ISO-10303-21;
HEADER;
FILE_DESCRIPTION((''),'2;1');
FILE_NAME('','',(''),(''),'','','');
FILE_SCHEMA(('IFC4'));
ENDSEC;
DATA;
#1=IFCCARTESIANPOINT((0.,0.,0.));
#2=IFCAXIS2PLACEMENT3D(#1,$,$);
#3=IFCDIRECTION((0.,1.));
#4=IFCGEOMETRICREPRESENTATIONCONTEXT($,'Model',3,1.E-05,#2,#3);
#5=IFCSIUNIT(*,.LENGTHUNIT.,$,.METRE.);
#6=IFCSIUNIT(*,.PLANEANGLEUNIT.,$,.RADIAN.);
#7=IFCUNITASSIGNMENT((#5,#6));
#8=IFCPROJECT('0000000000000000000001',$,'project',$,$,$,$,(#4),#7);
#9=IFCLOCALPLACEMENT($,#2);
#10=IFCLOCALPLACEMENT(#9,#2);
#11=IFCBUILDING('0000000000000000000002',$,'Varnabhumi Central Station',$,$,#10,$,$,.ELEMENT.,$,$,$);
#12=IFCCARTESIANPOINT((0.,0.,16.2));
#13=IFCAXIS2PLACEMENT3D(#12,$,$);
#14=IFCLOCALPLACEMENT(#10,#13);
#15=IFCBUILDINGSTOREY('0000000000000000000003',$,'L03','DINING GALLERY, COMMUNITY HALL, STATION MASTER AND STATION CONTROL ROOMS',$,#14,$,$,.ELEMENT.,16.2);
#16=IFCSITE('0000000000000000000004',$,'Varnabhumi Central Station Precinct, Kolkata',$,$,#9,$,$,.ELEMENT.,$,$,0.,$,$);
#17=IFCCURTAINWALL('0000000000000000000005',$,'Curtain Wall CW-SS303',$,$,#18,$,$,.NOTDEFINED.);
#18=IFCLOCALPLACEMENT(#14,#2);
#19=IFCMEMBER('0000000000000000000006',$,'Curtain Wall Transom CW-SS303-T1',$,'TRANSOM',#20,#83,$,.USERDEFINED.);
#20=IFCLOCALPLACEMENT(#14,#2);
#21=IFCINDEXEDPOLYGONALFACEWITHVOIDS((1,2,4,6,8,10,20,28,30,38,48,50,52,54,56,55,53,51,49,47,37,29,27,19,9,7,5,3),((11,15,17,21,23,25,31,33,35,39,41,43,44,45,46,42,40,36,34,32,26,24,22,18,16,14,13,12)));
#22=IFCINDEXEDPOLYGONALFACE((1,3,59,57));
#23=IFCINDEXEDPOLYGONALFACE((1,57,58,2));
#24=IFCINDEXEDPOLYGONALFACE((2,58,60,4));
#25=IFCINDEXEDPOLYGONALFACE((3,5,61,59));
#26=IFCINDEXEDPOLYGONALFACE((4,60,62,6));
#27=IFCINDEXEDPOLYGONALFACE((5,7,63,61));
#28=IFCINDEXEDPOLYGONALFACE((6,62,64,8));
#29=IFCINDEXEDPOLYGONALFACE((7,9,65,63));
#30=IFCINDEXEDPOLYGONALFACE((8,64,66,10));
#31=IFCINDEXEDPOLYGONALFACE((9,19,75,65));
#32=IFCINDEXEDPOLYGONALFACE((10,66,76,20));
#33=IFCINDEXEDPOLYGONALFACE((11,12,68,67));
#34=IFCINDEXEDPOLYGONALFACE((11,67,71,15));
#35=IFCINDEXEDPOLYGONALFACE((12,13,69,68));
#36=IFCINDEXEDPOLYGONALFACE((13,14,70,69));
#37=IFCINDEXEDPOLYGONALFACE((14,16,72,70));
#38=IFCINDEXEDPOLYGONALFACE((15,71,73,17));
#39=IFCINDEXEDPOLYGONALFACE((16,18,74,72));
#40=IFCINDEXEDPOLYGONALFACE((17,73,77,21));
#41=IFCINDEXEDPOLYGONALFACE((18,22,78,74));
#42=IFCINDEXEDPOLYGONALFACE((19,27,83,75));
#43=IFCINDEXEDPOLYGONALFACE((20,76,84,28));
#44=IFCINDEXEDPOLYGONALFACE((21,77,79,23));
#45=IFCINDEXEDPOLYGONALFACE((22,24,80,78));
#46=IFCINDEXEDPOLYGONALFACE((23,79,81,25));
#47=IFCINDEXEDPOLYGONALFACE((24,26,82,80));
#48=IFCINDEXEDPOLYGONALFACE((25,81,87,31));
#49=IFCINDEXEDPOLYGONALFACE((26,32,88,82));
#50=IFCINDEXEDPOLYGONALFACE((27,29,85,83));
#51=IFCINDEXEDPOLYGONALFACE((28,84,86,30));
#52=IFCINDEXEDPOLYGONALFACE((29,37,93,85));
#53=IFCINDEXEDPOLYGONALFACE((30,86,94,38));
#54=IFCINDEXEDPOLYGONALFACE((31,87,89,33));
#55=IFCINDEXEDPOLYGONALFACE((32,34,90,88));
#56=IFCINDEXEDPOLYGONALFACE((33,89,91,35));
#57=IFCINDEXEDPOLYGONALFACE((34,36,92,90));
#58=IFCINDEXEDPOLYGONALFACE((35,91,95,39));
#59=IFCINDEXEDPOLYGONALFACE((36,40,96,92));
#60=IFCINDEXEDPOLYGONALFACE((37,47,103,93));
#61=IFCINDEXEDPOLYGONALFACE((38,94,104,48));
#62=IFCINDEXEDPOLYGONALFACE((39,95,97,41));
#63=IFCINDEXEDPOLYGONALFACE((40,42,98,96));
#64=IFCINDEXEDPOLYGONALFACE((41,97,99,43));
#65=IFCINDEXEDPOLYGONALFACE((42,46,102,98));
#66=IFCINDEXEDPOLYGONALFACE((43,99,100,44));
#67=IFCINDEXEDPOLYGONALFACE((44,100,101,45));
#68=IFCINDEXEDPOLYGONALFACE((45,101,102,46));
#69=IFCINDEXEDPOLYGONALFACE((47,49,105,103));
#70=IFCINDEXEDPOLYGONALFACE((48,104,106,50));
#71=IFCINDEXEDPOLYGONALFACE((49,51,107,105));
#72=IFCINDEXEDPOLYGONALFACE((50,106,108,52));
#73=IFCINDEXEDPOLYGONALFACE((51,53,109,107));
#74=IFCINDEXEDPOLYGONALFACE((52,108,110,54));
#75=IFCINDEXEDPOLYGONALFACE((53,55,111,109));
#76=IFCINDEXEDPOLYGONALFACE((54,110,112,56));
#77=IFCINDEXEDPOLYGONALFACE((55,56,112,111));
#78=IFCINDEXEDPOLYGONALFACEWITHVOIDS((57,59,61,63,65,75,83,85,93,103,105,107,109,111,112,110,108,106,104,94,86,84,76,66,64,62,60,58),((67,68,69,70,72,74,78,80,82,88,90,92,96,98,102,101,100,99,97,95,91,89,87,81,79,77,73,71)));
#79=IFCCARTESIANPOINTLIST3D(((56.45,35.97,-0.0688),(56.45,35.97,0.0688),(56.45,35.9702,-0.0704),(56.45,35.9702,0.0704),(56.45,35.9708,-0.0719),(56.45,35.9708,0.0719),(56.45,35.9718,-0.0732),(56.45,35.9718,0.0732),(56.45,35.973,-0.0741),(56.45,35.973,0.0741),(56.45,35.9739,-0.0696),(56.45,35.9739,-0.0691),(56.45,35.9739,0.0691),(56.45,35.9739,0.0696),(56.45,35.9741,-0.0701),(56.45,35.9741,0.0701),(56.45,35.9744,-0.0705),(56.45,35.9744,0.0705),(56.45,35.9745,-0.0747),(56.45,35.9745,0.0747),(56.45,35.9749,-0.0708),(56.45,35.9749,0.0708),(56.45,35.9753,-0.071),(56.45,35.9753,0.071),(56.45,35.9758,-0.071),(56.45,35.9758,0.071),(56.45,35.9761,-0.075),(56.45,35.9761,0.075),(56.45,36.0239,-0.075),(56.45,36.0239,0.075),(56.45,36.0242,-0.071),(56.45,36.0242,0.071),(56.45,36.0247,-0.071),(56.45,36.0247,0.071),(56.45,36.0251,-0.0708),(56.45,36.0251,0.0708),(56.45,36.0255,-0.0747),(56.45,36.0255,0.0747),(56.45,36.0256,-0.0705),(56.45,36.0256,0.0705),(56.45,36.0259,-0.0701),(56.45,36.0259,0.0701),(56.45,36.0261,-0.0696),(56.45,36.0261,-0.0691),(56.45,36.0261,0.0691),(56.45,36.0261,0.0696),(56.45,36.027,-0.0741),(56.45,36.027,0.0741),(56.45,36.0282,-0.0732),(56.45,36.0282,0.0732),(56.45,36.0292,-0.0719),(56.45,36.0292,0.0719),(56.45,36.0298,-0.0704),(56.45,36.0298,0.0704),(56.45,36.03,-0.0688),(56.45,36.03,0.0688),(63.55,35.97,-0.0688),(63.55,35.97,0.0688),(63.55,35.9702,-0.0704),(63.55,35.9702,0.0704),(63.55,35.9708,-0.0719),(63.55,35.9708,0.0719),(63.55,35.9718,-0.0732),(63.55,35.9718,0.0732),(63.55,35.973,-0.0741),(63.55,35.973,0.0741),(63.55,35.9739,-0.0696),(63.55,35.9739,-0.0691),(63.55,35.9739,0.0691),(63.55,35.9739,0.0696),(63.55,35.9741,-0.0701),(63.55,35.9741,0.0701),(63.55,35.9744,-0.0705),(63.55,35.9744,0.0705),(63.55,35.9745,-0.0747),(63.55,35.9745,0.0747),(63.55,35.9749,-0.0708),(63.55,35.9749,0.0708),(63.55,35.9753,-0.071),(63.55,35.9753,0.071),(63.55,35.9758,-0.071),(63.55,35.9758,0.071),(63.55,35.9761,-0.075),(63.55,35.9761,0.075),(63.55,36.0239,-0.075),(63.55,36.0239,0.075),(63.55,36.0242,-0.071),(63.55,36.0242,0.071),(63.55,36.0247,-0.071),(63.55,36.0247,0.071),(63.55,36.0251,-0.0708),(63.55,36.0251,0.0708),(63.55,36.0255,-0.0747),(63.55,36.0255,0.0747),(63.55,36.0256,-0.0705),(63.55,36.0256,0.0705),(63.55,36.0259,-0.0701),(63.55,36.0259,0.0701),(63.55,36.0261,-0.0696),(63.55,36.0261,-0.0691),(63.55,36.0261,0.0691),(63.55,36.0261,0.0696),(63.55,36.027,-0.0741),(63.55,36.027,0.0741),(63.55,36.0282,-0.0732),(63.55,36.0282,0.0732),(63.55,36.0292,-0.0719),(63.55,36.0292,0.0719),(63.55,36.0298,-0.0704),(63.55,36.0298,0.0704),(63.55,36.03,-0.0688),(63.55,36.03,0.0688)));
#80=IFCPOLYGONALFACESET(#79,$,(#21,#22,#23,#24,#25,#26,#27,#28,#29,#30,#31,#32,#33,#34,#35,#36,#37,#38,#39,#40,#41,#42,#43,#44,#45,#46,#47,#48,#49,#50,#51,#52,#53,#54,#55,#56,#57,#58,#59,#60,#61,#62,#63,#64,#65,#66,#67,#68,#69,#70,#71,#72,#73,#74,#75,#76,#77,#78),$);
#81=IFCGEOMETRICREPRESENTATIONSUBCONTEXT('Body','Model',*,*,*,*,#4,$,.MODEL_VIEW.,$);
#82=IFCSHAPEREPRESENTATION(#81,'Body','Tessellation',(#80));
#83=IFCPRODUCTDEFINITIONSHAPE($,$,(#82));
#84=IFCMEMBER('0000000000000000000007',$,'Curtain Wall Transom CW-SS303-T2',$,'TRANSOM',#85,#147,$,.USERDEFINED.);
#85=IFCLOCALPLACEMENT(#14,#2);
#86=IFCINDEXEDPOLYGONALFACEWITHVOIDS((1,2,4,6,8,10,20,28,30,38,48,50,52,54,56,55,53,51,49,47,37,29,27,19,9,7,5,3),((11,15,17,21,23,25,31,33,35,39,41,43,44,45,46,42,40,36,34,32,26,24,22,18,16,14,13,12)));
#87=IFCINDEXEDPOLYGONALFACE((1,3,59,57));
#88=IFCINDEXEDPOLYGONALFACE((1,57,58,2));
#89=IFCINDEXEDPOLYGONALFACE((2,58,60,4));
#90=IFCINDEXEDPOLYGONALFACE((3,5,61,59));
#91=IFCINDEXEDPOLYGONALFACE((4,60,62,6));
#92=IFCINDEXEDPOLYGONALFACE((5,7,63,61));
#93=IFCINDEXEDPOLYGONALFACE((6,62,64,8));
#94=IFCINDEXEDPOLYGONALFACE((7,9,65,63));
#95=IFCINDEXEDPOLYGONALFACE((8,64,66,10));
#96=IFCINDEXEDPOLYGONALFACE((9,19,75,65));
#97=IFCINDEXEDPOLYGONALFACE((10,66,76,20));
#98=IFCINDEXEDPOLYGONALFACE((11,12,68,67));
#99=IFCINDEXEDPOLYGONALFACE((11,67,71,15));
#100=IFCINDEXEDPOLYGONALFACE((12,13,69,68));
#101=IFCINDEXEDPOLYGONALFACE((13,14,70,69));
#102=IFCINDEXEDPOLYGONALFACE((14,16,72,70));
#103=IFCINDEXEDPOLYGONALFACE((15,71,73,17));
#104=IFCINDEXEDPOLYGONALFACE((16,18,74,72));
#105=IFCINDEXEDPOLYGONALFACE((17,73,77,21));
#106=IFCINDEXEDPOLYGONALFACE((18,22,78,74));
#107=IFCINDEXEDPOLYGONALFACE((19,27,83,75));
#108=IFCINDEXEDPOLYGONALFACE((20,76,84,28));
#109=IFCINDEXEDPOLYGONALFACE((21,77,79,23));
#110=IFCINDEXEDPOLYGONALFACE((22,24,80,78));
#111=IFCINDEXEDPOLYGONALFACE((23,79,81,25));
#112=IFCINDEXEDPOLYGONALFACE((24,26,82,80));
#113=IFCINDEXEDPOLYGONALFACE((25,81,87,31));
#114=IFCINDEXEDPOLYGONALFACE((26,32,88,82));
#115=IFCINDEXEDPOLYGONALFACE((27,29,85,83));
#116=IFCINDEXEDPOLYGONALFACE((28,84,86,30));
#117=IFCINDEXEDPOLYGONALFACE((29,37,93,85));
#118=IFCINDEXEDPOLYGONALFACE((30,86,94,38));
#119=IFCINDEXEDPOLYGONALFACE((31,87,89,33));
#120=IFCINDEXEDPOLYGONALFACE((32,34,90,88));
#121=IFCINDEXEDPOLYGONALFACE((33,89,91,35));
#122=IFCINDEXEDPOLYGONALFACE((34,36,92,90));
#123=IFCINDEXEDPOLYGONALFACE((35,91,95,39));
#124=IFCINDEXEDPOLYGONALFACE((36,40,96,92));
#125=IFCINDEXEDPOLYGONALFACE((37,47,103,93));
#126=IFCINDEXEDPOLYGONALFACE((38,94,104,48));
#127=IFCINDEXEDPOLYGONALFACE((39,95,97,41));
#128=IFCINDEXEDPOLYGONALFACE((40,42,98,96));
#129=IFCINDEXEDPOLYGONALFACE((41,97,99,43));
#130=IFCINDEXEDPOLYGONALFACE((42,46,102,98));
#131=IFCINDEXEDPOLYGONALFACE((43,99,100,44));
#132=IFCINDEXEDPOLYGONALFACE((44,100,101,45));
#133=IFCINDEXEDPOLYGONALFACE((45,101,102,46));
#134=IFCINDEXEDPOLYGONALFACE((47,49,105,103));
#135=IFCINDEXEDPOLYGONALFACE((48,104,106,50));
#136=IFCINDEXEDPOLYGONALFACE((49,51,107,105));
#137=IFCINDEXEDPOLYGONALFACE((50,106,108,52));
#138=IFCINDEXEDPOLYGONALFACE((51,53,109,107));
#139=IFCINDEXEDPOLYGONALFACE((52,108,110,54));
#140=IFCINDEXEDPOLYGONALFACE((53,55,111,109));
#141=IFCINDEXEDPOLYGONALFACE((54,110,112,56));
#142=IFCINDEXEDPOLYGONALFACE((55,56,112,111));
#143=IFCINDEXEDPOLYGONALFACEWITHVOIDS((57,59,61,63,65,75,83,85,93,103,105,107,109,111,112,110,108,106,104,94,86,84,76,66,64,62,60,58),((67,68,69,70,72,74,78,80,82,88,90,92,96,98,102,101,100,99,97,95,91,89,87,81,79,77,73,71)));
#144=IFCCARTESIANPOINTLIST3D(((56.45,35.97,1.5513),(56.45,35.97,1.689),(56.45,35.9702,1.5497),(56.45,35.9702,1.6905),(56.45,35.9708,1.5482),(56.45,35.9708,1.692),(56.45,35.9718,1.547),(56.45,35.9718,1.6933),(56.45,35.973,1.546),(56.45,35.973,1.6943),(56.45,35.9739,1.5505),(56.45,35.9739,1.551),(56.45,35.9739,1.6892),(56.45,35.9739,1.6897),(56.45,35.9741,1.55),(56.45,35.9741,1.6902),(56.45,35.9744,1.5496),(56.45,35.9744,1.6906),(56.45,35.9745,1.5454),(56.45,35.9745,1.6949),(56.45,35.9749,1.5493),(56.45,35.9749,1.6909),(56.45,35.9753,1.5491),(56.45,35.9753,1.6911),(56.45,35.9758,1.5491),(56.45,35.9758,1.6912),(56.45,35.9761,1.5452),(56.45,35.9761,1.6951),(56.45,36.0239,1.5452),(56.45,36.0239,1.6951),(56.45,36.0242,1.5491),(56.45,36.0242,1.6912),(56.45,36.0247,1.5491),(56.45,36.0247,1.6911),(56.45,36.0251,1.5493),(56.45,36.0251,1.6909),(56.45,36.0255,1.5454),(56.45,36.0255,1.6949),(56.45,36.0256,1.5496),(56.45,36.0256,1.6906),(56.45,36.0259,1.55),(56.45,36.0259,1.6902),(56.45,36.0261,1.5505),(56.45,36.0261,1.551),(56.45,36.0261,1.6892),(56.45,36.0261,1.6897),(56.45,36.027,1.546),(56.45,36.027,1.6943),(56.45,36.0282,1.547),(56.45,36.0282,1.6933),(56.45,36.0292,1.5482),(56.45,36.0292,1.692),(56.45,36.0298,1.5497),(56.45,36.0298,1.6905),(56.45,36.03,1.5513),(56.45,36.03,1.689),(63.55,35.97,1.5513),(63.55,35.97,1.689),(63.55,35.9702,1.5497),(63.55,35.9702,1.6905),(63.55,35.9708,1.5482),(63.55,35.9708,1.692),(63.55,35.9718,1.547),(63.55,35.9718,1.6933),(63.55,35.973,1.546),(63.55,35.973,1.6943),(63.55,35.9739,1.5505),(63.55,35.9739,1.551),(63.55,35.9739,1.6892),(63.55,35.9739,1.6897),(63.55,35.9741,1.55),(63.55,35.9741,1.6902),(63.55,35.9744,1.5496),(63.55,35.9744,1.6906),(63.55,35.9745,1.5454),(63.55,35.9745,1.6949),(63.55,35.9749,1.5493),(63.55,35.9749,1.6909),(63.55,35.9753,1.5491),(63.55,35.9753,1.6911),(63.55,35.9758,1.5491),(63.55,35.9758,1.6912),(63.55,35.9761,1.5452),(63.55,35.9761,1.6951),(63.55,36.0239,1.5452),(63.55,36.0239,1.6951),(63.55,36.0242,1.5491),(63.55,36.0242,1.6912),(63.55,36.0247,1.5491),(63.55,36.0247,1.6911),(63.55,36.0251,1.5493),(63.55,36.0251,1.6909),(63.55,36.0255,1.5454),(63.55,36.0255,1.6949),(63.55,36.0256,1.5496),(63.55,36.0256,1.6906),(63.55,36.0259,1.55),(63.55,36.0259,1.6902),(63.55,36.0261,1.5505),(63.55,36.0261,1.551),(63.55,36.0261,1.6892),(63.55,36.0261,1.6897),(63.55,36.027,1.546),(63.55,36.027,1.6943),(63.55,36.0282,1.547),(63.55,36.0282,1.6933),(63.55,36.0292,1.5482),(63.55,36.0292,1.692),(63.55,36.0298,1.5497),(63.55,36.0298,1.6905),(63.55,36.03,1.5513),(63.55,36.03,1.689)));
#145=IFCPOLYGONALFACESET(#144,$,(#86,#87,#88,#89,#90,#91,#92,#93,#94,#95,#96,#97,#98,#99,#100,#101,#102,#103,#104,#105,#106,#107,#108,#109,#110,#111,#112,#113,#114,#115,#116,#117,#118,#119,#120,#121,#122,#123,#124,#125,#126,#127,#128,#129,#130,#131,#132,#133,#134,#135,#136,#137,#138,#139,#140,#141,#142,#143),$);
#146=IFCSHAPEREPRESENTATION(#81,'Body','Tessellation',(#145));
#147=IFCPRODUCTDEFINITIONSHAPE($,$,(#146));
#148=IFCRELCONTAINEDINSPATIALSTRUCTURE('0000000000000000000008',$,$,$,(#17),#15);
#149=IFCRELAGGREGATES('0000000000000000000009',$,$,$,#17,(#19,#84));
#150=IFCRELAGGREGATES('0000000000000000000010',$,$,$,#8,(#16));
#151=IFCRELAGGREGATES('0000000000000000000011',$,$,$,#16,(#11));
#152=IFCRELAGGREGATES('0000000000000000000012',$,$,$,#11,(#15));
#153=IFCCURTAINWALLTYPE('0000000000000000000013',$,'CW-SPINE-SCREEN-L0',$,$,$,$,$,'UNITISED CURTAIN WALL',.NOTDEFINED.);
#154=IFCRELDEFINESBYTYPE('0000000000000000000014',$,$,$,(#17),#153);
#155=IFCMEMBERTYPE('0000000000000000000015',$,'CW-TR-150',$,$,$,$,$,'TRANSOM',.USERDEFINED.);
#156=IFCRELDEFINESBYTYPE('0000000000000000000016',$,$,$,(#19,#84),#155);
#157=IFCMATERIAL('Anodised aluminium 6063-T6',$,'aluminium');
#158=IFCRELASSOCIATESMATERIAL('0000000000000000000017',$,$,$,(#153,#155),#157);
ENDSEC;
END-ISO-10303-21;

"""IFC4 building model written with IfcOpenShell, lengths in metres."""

from ifc_helpers import new_model, si_unit, direction, frame, origin, origin_2d, place, context, subcontext, project, spatial, hollow_rectangle, extrude, material, material_profile, profile_set, type_object, element, aggregate, save


model = new_model("IFC4")

# Units and contexts
model_context = context("Model", 3, precision=1e-05, world=origin(), true_north=direction((0.0, 1.0)))
body_context = subcontext(model_context, "Body", "Model", "MODEL_VIEW")
ifc_project = project(units=[si_unit("LENGTHUNIT", "METRE"), si_unit("PLANEANGLEUNIT", "RADIAN")], contexts=[model_context])

# Site, building, storey
site_placement = place(None, origin())
site = spatial("IfcSite", under=ifc_project, at=site_placement, Name="Varnabhumi Central Station Precinct, Kolkata", CompositionType="ELEMENT", RefElevation=0.0)
building_placement = place(site_placement, origin())
building = spatial("IfcBuilding", under=site, at=building_placement, Name="Varnabhumi Central Station", CompositionType="ELEMENT")
storey_placement = place(building_placement, frame((0.0, 0.0, 16.2)))
storey = spatial("IfcBuildingStorey", under=building, at=storey_placement, Name="L03", Description="DINING GALLERY, COMMUNITY HALL, STATION MASTER AND STATION CONTROL ROOMS", CompositionType="ELEMENT", Elevation=16.2)

# Curtain wall, members
ifc_material_1 = material(Name="Anodised aluminium 6063-T6", Category="aluminium")
curtain_wall_type = type_object("IfcCurtainWallType", Name="CW-SPINE-SCREEN-L0", ElementType="UNITISED CURTAIN WALL", PredefinedType="NOTDEFINED", material=ifc_material_1)
curtain_wall_placement = place(storey_placement, origin())
curtain_wall = element("IfcCurtainWall", 1, at=curtain_wall_placement, inside=storey, type_object=curtain_wall_type, Name="Curtain Wall CW-SS303", PredefinedType="NOTDEFINED")
ifc_material_profile_1 = material_profile(ifc_material_1, hollow_rectangle(XDim=0.0601, YDim=0.1499, WallThickness=0.0039, InnerFilletRadius=0.002, OuterFilletRadius=0.0061, at=origin_2d()), Name="Anodised aluminium 6063-T6", Category="aluminium")
ifc_profile_set_1 = profile_set([ifc_material_profile_1], Name="Anodised aluminium 6063-T6")
member_type_1 = type_object("IfcMemberType", Name="CW-TR-150", ElementType="TRANSOM", PredefinedType="USERDEFINED", material=ifc_profile_set_1)
member_1_placement = place(storey_placement, frame((56.45, 36.0, 0.0), z_axis=(1.0, 0.0, 0.0), x_axis=(0.0, 1.0, 0.0)))
member_1 = element("IfcMember", 2, at=member_1_placement, type_object=member_type_1, Name="Curtain Wall Transom CW-SS303-T1", ObjectType="TRANSOM", PredefinedType="USERDEFINED", context=body_context, shape_type="SweptSolid", body=[
    extrude(hollow_rectangle(XDim=0.0601, YDim=0.1499, WallThickness=0.0039, InnerFilletRadius=0.002, OuterFilletRadius=0.0061, at=origin_2d()), origin(), (0.0, 0.0, 1.0), 7.1001),
])
member_2_placement = place(storey_placement, frame((56.45, 36.0, 1.6201), z_axis=(1.0, 0.0, 0.0), x_axis=(0.0, 1.0, 0.0)))
member_2 = element("IfcMember", 3, at=member_2_placement, type_object=member_type_1, Name="Curtain Wall Transom CW-SS303-T2", ObjectType="TRANSOM", PredefinedType="USERDEFINED", context=body_context, shape_type="SweptSolid", body=[
    extrude(hollow_rectangle(XDim=0.0601, YDim=0.1499, WallThickness=0.0039, InnerFilletRadius=0.002, OuterFilletRadius=0.0061, at=origin_2d()), origin(), (0.0, 0.0, 1.0), 7.1001),
])
aggregate(curtain_wall, [member_1, member_2])

save(model, "model.ifc")
